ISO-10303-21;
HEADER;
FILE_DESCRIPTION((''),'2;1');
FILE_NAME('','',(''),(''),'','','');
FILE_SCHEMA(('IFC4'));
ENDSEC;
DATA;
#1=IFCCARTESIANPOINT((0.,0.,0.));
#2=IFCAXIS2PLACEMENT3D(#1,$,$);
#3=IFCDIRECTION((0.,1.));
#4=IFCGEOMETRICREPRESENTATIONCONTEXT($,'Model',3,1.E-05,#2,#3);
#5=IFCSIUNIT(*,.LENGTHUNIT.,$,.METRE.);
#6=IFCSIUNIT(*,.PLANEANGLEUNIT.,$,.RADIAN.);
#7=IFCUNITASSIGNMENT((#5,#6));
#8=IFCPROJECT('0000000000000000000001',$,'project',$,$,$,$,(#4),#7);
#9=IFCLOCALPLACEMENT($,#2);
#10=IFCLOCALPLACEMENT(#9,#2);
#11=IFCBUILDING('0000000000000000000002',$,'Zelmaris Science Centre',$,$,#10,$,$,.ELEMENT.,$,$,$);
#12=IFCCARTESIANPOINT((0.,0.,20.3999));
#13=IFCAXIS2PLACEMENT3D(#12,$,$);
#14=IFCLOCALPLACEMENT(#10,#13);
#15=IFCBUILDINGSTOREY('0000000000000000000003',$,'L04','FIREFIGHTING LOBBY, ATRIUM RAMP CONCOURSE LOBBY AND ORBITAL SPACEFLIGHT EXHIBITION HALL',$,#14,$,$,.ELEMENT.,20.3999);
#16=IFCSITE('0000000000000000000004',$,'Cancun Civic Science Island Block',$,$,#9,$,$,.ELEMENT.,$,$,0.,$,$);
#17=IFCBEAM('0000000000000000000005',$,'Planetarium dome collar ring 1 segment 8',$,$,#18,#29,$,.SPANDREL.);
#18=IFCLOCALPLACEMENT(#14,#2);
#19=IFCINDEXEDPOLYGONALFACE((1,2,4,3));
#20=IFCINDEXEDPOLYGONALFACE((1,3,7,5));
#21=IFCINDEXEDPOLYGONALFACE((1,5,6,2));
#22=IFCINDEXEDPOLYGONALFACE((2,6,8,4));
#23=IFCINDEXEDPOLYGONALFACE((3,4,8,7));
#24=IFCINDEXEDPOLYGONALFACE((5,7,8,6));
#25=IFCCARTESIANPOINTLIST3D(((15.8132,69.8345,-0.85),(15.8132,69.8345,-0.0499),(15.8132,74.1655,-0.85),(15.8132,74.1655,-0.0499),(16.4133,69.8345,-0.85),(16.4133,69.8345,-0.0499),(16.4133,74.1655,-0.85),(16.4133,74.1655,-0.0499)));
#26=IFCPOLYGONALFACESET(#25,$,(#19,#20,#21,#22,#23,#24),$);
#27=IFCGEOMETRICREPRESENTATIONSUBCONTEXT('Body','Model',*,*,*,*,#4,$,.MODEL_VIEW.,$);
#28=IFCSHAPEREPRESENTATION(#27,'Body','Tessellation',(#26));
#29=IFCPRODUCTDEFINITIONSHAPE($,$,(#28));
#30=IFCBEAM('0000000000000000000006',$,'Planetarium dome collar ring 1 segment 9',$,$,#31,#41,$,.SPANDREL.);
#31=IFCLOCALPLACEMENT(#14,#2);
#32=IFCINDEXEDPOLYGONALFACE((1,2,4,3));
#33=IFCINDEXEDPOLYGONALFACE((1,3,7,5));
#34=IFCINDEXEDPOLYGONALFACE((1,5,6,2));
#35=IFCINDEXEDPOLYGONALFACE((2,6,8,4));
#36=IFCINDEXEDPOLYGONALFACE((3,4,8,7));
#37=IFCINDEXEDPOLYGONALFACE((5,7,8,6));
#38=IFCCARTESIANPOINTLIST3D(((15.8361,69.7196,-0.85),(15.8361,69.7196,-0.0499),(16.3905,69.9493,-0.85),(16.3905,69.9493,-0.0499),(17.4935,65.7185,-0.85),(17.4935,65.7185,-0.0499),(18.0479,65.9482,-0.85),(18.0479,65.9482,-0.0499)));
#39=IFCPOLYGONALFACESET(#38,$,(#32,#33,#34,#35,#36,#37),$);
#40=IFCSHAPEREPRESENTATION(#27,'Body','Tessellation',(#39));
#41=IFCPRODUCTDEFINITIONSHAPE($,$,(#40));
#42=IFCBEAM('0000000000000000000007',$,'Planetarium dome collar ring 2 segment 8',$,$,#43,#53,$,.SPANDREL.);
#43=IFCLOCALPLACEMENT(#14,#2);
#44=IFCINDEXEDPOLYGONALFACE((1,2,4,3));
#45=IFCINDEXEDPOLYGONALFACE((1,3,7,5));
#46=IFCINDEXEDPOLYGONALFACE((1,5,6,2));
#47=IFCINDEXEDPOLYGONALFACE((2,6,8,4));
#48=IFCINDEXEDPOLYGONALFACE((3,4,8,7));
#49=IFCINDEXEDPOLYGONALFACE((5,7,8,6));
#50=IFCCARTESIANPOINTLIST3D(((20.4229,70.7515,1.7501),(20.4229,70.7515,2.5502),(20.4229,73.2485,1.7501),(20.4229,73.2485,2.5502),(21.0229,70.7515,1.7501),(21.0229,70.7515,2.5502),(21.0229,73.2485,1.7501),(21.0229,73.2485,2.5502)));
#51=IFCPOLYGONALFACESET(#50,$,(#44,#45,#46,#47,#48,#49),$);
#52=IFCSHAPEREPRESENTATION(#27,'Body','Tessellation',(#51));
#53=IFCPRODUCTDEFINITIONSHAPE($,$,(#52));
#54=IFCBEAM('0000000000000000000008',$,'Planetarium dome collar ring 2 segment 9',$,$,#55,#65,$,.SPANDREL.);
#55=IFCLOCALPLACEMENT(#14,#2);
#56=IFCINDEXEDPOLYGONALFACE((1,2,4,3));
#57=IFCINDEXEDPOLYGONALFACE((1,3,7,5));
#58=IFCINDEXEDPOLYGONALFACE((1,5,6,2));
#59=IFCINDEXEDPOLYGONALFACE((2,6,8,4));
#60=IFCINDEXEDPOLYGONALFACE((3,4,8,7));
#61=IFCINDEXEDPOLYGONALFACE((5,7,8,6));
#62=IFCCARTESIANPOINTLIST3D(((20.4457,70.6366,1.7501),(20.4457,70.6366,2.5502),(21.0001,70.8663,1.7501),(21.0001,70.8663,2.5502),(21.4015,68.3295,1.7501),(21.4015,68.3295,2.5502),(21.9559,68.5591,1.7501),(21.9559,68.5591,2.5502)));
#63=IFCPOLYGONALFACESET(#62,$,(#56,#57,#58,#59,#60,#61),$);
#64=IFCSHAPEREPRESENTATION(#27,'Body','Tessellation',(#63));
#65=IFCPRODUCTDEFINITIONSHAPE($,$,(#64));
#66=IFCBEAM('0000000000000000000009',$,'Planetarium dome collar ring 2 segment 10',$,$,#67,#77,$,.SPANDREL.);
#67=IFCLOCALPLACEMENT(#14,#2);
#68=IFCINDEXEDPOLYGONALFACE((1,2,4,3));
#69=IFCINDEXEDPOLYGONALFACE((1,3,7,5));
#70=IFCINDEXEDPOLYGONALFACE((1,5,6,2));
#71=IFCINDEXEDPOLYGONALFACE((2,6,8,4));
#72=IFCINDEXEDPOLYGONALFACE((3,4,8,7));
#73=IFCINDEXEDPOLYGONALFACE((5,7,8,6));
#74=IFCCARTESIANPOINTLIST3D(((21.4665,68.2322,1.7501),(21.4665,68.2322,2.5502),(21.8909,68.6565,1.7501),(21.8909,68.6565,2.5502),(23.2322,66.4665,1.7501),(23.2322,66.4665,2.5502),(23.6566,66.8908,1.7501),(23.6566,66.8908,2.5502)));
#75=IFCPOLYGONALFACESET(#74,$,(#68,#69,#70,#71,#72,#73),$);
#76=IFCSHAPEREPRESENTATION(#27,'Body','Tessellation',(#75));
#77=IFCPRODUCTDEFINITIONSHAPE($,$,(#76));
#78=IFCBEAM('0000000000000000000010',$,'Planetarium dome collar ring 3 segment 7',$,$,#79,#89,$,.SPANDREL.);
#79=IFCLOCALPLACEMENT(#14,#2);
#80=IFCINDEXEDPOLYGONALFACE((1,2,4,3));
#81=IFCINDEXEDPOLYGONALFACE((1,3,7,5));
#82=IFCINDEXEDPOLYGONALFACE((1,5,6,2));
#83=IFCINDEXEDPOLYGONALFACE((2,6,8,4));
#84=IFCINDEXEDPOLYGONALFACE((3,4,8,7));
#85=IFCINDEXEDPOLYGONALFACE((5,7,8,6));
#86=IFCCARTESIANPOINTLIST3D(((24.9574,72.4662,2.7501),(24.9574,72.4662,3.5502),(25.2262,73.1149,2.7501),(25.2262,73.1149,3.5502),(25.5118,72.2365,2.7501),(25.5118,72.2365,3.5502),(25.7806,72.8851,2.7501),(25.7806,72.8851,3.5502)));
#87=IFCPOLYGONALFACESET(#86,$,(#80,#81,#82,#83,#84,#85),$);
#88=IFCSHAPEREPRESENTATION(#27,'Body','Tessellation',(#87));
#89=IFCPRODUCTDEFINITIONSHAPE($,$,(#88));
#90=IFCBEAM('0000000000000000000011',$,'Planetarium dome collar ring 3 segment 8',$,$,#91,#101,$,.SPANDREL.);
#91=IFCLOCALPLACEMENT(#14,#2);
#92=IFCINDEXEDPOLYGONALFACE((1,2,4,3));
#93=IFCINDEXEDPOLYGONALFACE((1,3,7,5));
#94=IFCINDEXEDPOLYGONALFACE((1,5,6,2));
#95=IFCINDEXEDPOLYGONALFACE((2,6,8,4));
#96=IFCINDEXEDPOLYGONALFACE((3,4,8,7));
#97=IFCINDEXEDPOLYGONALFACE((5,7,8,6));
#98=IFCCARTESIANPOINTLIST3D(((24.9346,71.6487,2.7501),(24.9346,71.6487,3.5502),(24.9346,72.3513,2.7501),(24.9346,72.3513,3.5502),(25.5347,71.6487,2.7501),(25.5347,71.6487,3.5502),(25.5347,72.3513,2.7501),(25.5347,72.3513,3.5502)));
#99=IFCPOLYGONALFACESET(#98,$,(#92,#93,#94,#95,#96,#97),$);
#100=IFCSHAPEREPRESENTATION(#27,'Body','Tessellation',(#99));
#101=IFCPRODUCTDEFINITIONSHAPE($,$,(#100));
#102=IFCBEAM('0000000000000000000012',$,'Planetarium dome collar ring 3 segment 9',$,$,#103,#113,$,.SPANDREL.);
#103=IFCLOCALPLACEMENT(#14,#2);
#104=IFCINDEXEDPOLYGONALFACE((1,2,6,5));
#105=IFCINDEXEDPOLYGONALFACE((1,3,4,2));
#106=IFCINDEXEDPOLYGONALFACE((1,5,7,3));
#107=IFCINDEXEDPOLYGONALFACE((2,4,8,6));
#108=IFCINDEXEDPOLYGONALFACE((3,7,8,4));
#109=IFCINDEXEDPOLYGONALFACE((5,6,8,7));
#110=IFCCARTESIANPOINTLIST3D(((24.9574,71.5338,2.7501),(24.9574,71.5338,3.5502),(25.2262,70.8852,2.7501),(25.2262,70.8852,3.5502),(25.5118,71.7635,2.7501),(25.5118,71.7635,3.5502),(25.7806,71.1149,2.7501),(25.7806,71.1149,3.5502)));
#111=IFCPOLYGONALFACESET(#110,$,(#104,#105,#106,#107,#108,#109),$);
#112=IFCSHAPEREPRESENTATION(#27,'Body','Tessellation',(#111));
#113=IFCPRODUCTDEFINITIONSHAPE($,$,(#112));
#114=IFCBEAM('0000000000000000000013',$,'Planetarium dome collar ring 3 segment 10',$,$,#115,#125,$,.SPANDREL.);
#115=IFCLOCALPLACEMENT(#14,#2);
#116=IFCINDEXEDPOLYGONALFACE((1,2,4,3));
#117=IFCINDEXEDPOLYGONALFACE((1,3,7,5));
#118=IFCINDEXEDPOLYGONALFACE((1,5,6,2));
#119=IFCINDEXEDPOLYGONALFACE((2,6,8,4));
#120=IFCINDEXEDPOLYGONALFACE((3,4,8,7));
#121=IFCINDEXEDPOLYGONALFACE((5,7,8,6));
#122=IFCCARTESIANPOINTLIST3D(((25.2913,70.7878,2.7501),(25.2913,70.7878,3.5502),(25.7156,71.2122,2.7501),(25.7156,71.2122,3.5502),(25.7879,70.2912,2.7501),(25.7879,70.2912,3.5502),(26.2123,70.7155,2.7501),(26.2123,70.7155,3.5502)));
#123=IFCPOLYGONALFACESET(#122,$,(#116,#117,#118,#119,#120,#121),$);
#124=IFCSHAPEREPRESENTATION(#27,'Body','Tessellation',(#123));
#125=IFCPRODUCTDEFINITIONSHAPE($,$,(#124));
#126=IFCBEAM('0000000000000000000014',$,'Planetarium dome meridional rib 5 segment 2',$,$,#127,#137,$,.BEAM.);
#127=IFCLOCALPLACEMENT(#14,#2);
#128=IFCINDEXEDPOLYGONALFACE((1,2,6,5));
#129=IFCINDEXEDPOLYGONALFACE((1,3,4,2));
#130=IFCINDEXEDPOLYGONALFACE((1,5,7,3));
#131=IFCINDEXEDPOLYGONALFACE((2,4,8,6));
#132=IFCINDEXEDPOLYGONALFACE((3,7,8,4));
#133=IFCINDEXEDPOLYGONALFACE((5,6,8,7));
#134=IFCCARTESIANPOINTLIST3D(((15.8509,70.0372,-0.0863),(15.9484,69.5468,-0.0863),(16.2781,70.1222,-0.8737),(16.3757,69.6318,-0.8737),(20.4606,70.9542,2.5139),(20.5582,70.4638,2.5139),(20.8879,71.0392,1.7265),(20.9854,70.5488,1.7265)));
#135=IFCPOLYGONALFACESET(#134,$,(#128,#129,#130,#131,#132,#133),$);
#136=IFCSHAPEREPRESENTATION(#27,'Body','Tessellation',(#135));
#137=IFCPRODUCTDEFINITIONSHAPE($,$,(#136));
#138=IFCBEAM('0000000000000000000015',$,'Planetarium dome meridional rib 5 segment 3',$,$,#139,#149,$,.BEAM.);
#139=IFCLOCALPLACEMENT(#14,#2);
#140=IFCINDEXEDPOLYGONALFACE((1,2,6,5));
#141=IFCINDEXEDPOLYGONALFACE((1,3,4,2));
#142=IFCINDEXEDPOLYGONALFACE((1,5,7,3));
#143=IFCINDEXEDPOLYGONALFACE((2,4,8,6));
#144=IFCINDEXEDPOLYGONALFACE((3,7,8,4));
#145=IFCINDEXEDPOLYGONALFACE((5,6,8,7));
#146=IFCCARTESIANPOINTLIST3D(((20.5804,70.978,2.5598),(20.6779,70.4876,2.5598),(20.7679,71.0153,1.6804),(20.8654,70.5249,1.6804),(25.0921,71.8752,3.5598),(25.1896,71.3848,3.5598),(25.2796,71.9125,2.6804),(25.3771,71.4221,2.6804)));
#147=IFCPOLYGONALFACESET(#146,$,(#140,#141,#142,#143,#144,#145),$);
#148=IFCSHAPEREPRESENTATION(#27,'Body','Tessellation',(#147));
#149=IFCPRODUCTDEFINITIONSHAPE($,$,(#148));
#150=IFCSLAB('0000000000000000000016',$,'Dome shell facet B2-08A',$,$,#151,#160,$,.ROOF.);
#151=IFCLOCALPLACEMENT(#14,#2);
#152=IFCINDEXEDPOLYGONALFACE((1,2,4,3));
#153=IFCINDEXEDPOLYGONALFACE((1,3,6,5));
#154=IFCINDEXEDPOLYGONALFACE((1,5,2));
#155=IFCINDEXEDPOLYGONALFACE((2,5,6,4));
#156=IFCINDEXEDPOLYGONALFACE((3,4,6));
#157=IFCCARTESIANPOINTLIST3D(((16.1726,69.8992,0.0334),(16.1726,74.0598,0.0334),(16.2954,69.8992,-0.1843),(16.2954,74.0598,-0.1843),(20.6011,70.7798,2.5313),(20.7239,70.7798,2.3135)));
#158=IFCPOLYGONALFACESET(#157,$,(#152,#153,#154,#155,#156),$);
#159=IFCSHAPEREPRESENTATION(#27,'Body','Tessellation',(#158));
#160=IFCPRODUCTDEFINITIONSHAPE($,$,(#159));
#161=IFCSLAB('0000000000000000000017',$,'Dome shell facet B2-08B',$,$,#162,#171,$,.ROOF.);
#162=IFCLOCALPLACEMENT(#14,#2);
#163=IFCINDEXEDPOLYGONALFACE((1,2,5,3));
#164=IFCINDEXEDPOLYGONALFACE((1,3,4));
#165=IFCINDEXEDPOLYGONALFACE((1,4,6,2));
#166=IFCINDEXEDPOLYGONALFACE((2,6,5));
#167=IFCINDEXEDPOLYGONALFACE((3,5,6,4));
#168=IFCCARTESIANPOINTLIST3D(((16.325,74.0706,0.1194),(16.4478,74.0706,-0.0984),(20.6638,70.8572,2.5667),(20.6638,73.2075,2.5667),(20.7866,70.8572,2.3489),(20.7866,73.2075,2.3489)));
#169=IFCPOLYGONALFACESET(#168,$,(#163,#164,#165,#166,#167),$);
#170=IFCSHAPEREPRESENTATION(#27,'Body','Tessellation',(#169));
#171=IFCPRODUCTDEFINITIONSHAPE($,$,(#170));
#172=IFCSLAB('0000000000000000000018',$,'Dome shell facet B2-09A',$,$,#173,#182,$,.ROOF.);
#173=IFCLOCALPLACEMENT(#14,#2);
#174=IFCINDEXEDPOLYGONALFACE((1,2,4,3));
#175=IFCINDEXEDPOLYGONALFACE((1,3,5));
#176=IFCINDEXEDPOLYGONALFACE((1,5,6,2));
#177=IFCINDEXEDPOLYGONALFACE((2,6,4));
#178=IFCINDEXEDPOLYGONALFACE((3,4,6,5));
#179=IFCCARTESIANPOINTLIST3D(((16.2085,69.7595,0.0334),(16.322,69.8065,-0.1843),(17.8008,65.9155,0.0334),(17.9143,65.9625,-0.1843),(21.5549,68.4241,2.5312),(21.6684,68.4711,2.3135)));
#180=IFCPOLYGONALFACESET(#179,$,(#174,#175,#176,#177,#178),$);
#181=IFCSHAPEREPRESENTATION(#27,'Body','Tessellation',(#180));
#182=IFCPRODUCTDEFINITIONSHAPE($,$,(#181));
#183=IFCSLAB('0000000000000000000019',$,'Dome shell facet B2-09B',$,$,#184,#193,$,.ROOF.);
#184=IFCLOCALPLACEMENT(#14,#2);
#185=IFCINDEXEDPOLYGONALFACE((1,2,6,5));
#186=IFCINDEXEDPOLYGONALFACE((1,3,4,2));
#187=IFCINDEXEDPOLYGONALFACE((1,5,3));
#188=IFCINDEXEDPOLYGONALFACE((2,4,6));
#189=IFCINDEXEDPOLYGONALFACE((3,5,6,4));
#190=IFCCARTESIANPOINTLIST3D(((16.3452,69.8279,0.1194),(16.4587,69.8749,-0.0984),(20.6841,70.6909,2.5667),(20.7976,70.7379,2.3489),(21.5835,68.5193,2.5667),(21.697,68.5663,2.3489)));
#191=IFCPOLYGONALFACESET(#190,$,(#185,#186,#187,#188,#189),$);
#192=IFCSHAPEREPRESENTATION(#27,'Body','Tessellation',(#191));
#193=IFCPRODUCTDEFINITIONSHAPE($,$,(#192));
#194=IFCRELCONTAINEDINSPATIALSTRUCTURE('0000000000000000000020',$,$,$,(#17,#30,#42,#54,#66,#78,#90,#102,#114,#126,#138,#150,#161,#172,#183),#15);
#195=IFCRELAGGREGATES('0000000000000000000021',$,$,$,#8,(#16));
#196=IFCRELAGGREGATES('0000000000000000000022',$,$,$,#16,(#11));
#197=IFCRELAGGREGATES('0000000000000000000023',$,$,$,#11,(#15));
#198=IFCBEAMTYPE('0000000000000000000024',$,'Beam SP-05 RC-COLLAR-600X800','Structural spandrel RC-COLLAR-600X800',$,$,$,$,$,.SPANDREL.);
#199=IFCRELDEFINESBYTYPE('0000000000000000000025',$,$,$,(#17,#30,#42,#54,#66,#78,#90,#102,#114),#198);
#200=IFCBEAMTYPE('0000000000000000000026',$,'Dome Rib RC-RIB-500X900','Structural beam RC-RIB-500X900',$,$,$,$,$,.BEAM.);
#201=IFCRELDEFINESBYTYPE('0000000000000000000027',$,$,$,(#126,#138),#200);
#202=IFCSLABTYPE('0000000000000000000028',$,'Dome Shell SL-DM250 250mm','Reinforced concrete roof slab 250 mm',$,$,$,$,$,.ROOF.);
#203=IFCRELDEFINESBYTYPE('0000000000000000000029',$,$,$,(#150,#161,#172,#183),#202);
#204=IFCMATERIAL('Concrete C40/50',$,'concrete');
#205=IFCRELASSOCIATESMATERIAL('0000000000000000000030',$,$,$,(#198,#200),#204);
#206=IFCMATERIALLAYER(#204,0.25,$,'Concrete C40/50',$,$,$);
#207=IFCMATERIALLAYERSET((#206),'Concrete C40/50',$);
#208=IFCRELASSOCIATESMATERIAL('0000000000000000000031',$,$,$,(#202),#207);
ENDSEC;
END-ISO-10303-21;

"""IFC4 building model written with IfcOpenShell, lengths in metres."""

from ifc_helpers import new_model, si_unit, direction, frame, origin, origin_2d, place, context, subcontext, project, spatial, polyline, rectangle, outline, extrude, material, layer, layer_set, material_profile, profile_set, type_object, element, save


model = new_model("IFC4")

# Units and contexts
model_context = context("Model", 3, precision=1e-05, world=origin(), true_north=direction((0.0, 1.0)))
body_context = subcontext(model_context, "Body", "Model", "MODEL_VIEW")
ifc_project = project(units=[si_unit("LENGTHUNIT", "METRE"), si_unit("PLANEANGLEUNIT", "RADIAN")], contexts=[model_context])

# Site, building, storey
site_placement = place(None, origin())
site = spatial("IfcSite", under=ifc_project, at=site_placement, Name="Cancun Civic Science Island Block", CompositionType="ELEMENT", RefElevation=0.0)
building_placement = place(site_placement, origin())
building = spatial("IfcBuilding", under=site, at=building_placement, Name="Zelmaris Science Centre", CompositionType="ELEMENT")
storey_placement = place(building_placement, frame((0.0, 0.0, 20.3999)))
storey = spatial("IfcBuildingStorey", under=building, at=storey_placement, Name="L04", Description="FIREFIGHTING LOBBY, ATRIUM RAMP CONCOURSE LOBBY AND ORBITAL SPACEFLIGHT EXHIBITION HALL", CompositionType="ELEMENT", Elevation=20.3999)

# Beams
ifc_material = material(Name="Concrete C40/50", Category="concrete")
ifc_material_profile_1 = material_profile(ifc_material, rectangle(XDim=0.6001, YDim=0.8, at=origin_2d()), Name="RC-COLLAR-600X800")
ifc_profile_set_1 = profile_set([ifc_material_profile_1], Name="Concrete C40/50")
beam_type_1 = type_object("IfcBeamType", Name="Beam SP-05 RC-COLLAR-600X800", Description="Structural spandrel RC-COLLAR-600X800", PredefinedType="SPANDREL", material=ifc_profile_set_1)
beam_1_placement = place(storey_placement, frame((16.1133, 74.1655, -0.45), z_axis=(0.0, -1.0, 0.0), x_axis=(1.0, 0.0, 0.0)))
element("IfcBeam", 1, at=beam_1_placement, inside=storey, type_object=beam_type_1, Name="Planetarium dome collar ring 1 segment 8", PredefinedType="SPANDREL", context=body_context, shape_type="SweptSolid", body=[
    extrude(rectangle(XDim=0.6001, YDim=0.8, at=origin_2d()), origin(), (0.0, 0.0, 1.0), 4.3311),
])
beam_2_placement = place(storey_placement, frame((16.1133, 69.8345, -0.45), z_axis=(0.382705, -0.92387, 0.0), x_axis=(0.92387, 0.382705, 0.0)))
element("IfcBeam", 2, at=beam_2_placement, inside=storey, type_object=beam_type_1, Name="Planetarium dome collar ring 1 segment 9", PredefinedType="SPANDREL", context=body_context, shape_type="SweptSolid", body=[
    extrude(rectangle(XDim=0.6001, YDim=0.8, at=origin_2d()), origin(), (0.0, 0.0, 1.0), 4.3308),
])
beam_3_placement = place(storey_placement, frame((20.7229, 73.2485, 2.1501), z_axis=(0.0, -1.0, 0.0), x_axis=(1.0, 0.0, 0.0)))
element("IfcBeam", 3, at=beam_3_placement, inside=storey, type_object=beam_type_1, Name="Planetarium dome collar ring 2 segment 8", PredefinedType="SPANDREL", context=body_context, shape_type="SweptSolid", body=[
    extrude(rectangle(XDim=0.6001, YDim=0.8, at=origin_2d()), origin(), (0.0, 0.0, 1.0), 2.4971),
])
beam_4_placement = place(storey_placement, frame((20.7229, 70.7515, 2.1501), z_axis=(0.38274, -0.923856, 0.0), x_axis=(0.923856, 0.38274, 0.0)))
element("IfcBeam", 4, at=beam_4_placement, inside=storey, type_object=beam_type_1, Name="Planetarium dome collar ring 2 segment 9", PredefinedType="SPANDREL", context=body_context, shape_type="SweptSolid", body=[
    extrude(rectangle(XDim=0.6001, YDim=0.8, at=origin_2d()), origin(), (0.0, 0.0, 1.0), 2.4973),
])
beam_5_placement = place(storey_placement, frame((21.6787, 68.4443, 2.1501), z_axis=(0.707107, -0.707107, 0.0), x_axis=(0.707107, 0.707107, 0.0)))
element("IfcBeam", 5, at=beam_5_placement, inside=storey, type_object=beam_type_1, Name="Planetarium dome collar ring 2 segment 10", PredefinedType="SPANDREL", context=body_context, shape_type="SweptSolid", body=[
    extrude(rectangle(XDim=0.6001, YDim=0.8, at=origin_2d()), origin(), (0.0, 0.0, 1.0), 2.4971),
])
beam_6_placement = place(storey_placement, frame((25.5034, 73.0, 3.1501), z_axis=(-0.382812, -0.923826, 0.0), x_axis=(0.923826, -0.382812, 0.0)))
element("IfcBeam", 6, at=beam_6_placement, inside=storey, type_object=beam_type_1, Name="Planetarium dome collar ring 3 segment 7", PredefinedType="SPANDREL", context=body_context, shape_type="SweptSolid", body=[
    extrude(rectangle(XDim=0.6001, YDim=0.8, at=origin_2d()), origin(), (0.0, 0.0, 1.0), 0.7021),
])
beam_7_placement = place(storey_placement, frame((25.2346, 72.3513, 3.1501), z_axis=(0.0, -1.0, 0.0), x_axis=(1.0, 0.0, 0.0)))
element("IfcBeam", 7, at=beam_7_placement, inside=storey, type_object=beam_type_1, Name="Planetarium dome collar ring 3 segment 8", PredefinedType="SPANDREL", context=body_context, shape_type="SweptSolid", body=[
    extrude(rectangle(XDim=0.6001, YDim=0.8, at=origin_2d()), origin(), (0.0, 0.0, 1.0), 0.7026),
])
beam_8_placement = place(storey_placement, frame((25.2346, 71.6487, 3.1501), z_axis=(0.382812, -0.923826, 0.0), x_axis=(0.923826, 0.382812, 0.0)))
element("IfcBeam", 8, at=beam_8_placement, inside=storey, type_object=beam_type_1, Name="Planetarium dome collar ring 3 segment 9", PredefinedType="SPANDREL", context=body_context, shape_type="SweptSolid", body=[
    extrude(rectangle(XDim=0.6001, YDim=0.8, at=origin_2d()), origin(), (0.0, 0.0, 1.0), 0.7021),
])
beam_9_placement = place(storey_placement, frame((25.5034, 71.0, 3.1501), z_axis=(0.707107, -0.707107, 0.0), x_axis=(0.707107, 0.707107, 0.0)))
element("IfcBeam", 9, at=beam_9_placement, inside=storey, type_object=beam_type_1, Name="Planetarium dome collar ring 3 segment 10", PredefinedType="SPANDREL", context=body_context, shape_type="SweptSolid", body=[
    extrude(rectangle(XDim=0.6001, YDim=0.8, at=origin_2d()), origin(), (0.0, 0.0, 1.0), 0.7024),
])
ifc_material_profile_2 = material_profile(ifc_material, rectangle(XDim=0.5, YDim=0.8999, at=origin_2d()), Name="RC-RIB-500X900")
ifc_profile_set_2 = profile_set([ifc_material_profile_2], Name="Concrete C40/50")
beam_type_2 = type_object("IfcBeamType", Name="Dome Rib RC-RIB-500X900", Description="Structural beam RC-RIB-500X900", PredefinedType="BEAM", material=ifc_profile_set_2)
beam_10_placement = place(storey_placement, frame((16.1133, 69.8345, -0.48), z_axis=(0.858208, 0.170723, 0.48408), x_axis=(-0.195107, 0.980782, 0.0)))
element("IfcBeam", 10, at=beam_10_placement, inside=storey, type_object=beam_type_2, Name="Planetarium dome meridional rib 5 segment 2", PredefinedType="BEAM", context=body_context, shape_type="SweptSolid", body=[
    extrude(rectangle(XDim=0.5, YDim=0.8999, at=origin_2d()), origin(), (0.0, 0.0, 1.0), 5.3713),
])
beam_11_placement = place(storey_placement, frame((20.7229, 70.7515, 2.1201), z_axis=(0.95841, 0.190593, 0.212427), x_axis=(-0.195044, 0.980794, 0.0)))
element("IfcBeam", 11, at=beam_11_placement, inside=storey, type_object=beam_type_2, Name="Planetarium dome meridional rib 5 segment 3", PredefinedType="BEAM", context=body_context, shape_type="SweptSolid", body=[
    extrude(rectangle(XDim=0.5, YDim=0.8999, at=origin_2d()), origin(), (0.0, 0.0, 1.0), 4.7075),
])

# Slabs
ifc_layer = layer(ifc_material, 0.25, Name="Concrete C40/50")
ifc_layer_set = layer_set([ifc_layer], Name="Concrete C40/50")
slab_type = type_object("IfcSlabType", Name="Dome Shell SL-DM250 250mm", Description="Reinforced concrete roof slab 250 mm", PredefinedType="ROOF", material=ifc_layer_set)
slab_1_placement = place(storey_placement, frame((16.1726, 74.0598, 0.0334), z_axis=(-0.491275, 0.0, 0.871004), x_axis=(0.0, -1.0, 0.0)))
element("IfcSlab", 12, at=slab_1_placement, inside=storey, type_object=slab_type, Name="Dome shell facet B2-08A", PredefinedType="ROOF", context=body_context, shape_type="SweptSolid", body=[
    extrude(outline(polyline([(0.0, 0.0), (4.1606, 0.0), (3.28, 5.0843), (0.0, 0.0)])), origin(), (0.0, 0.0, -1.0), 0.25),
])
slab_2_placement = place(storey_placement, frame((16.325, 74.0706, 0.1194), z_axis=(-0.491275, 0.0, 0.871004), x_axis=(0.731933, -0.542072, 0.412835)))
element("IfcSlab", 13, at=slab_2_placement, inside=storey, type_object=slab_type, Name="Dome shell facet B2-08B", PredefinedType="ROOF", context=body_context, shape_type="SweptSolid", body=[
    extrude(outline(polyline([(0.0, 0.0), (5.928, 0.0), (4.6539, 1.9751), (0.0, 0.0)])), origin(), (0.0, 0.0, -1.0), 0.25),
])
slab_3_placement = place(storey_placement, frame((16.2085, 69.7595, 0.0334), z_axis=(-0.453885, -0.188011, 0.871), x_axis=(0.382694, -0.923875, 0.0)))
element("IfcSlab", 14, at=slab_3_placement, inside=storey, type_object=slab_type, Name="Dome shell facet B2-09A", PredefinedType="ROOF", context=body_context, shape_type="SweptSolid", body=[
    extrude(outline(polyline([(0.0, 0.0), (4.1607, 0.0), (3.2798, 5.0842), (0.0, 0.0)])), origin(), (0.0, 0.0, -1.0), 0.25),
])
slab_4_placement = place(storey_placement, frame((16.3452, 69.8279, 0.1194), z_axis=(-0.453885, -0.187983, 0.871006), x_axis=(0.883652, -0.220748, 0.412832)))
element("IfcSlab", 15, at=slab_4_placement, inside=storey, type_object=slab_type, Name="Dome shell facet B2-09B", PredefinedType="ROOF", context=body_context, shape_type="SweptSolid", body=[
    extrude(outline(polyline([(0.0, 0.0), (5.928, 0.0), (4.6538, 1.9752), (0.0, 0.0)])), origin(), (0.0, 0.0, -1.0), 0.25),
])

save(model, "model.ifc")
